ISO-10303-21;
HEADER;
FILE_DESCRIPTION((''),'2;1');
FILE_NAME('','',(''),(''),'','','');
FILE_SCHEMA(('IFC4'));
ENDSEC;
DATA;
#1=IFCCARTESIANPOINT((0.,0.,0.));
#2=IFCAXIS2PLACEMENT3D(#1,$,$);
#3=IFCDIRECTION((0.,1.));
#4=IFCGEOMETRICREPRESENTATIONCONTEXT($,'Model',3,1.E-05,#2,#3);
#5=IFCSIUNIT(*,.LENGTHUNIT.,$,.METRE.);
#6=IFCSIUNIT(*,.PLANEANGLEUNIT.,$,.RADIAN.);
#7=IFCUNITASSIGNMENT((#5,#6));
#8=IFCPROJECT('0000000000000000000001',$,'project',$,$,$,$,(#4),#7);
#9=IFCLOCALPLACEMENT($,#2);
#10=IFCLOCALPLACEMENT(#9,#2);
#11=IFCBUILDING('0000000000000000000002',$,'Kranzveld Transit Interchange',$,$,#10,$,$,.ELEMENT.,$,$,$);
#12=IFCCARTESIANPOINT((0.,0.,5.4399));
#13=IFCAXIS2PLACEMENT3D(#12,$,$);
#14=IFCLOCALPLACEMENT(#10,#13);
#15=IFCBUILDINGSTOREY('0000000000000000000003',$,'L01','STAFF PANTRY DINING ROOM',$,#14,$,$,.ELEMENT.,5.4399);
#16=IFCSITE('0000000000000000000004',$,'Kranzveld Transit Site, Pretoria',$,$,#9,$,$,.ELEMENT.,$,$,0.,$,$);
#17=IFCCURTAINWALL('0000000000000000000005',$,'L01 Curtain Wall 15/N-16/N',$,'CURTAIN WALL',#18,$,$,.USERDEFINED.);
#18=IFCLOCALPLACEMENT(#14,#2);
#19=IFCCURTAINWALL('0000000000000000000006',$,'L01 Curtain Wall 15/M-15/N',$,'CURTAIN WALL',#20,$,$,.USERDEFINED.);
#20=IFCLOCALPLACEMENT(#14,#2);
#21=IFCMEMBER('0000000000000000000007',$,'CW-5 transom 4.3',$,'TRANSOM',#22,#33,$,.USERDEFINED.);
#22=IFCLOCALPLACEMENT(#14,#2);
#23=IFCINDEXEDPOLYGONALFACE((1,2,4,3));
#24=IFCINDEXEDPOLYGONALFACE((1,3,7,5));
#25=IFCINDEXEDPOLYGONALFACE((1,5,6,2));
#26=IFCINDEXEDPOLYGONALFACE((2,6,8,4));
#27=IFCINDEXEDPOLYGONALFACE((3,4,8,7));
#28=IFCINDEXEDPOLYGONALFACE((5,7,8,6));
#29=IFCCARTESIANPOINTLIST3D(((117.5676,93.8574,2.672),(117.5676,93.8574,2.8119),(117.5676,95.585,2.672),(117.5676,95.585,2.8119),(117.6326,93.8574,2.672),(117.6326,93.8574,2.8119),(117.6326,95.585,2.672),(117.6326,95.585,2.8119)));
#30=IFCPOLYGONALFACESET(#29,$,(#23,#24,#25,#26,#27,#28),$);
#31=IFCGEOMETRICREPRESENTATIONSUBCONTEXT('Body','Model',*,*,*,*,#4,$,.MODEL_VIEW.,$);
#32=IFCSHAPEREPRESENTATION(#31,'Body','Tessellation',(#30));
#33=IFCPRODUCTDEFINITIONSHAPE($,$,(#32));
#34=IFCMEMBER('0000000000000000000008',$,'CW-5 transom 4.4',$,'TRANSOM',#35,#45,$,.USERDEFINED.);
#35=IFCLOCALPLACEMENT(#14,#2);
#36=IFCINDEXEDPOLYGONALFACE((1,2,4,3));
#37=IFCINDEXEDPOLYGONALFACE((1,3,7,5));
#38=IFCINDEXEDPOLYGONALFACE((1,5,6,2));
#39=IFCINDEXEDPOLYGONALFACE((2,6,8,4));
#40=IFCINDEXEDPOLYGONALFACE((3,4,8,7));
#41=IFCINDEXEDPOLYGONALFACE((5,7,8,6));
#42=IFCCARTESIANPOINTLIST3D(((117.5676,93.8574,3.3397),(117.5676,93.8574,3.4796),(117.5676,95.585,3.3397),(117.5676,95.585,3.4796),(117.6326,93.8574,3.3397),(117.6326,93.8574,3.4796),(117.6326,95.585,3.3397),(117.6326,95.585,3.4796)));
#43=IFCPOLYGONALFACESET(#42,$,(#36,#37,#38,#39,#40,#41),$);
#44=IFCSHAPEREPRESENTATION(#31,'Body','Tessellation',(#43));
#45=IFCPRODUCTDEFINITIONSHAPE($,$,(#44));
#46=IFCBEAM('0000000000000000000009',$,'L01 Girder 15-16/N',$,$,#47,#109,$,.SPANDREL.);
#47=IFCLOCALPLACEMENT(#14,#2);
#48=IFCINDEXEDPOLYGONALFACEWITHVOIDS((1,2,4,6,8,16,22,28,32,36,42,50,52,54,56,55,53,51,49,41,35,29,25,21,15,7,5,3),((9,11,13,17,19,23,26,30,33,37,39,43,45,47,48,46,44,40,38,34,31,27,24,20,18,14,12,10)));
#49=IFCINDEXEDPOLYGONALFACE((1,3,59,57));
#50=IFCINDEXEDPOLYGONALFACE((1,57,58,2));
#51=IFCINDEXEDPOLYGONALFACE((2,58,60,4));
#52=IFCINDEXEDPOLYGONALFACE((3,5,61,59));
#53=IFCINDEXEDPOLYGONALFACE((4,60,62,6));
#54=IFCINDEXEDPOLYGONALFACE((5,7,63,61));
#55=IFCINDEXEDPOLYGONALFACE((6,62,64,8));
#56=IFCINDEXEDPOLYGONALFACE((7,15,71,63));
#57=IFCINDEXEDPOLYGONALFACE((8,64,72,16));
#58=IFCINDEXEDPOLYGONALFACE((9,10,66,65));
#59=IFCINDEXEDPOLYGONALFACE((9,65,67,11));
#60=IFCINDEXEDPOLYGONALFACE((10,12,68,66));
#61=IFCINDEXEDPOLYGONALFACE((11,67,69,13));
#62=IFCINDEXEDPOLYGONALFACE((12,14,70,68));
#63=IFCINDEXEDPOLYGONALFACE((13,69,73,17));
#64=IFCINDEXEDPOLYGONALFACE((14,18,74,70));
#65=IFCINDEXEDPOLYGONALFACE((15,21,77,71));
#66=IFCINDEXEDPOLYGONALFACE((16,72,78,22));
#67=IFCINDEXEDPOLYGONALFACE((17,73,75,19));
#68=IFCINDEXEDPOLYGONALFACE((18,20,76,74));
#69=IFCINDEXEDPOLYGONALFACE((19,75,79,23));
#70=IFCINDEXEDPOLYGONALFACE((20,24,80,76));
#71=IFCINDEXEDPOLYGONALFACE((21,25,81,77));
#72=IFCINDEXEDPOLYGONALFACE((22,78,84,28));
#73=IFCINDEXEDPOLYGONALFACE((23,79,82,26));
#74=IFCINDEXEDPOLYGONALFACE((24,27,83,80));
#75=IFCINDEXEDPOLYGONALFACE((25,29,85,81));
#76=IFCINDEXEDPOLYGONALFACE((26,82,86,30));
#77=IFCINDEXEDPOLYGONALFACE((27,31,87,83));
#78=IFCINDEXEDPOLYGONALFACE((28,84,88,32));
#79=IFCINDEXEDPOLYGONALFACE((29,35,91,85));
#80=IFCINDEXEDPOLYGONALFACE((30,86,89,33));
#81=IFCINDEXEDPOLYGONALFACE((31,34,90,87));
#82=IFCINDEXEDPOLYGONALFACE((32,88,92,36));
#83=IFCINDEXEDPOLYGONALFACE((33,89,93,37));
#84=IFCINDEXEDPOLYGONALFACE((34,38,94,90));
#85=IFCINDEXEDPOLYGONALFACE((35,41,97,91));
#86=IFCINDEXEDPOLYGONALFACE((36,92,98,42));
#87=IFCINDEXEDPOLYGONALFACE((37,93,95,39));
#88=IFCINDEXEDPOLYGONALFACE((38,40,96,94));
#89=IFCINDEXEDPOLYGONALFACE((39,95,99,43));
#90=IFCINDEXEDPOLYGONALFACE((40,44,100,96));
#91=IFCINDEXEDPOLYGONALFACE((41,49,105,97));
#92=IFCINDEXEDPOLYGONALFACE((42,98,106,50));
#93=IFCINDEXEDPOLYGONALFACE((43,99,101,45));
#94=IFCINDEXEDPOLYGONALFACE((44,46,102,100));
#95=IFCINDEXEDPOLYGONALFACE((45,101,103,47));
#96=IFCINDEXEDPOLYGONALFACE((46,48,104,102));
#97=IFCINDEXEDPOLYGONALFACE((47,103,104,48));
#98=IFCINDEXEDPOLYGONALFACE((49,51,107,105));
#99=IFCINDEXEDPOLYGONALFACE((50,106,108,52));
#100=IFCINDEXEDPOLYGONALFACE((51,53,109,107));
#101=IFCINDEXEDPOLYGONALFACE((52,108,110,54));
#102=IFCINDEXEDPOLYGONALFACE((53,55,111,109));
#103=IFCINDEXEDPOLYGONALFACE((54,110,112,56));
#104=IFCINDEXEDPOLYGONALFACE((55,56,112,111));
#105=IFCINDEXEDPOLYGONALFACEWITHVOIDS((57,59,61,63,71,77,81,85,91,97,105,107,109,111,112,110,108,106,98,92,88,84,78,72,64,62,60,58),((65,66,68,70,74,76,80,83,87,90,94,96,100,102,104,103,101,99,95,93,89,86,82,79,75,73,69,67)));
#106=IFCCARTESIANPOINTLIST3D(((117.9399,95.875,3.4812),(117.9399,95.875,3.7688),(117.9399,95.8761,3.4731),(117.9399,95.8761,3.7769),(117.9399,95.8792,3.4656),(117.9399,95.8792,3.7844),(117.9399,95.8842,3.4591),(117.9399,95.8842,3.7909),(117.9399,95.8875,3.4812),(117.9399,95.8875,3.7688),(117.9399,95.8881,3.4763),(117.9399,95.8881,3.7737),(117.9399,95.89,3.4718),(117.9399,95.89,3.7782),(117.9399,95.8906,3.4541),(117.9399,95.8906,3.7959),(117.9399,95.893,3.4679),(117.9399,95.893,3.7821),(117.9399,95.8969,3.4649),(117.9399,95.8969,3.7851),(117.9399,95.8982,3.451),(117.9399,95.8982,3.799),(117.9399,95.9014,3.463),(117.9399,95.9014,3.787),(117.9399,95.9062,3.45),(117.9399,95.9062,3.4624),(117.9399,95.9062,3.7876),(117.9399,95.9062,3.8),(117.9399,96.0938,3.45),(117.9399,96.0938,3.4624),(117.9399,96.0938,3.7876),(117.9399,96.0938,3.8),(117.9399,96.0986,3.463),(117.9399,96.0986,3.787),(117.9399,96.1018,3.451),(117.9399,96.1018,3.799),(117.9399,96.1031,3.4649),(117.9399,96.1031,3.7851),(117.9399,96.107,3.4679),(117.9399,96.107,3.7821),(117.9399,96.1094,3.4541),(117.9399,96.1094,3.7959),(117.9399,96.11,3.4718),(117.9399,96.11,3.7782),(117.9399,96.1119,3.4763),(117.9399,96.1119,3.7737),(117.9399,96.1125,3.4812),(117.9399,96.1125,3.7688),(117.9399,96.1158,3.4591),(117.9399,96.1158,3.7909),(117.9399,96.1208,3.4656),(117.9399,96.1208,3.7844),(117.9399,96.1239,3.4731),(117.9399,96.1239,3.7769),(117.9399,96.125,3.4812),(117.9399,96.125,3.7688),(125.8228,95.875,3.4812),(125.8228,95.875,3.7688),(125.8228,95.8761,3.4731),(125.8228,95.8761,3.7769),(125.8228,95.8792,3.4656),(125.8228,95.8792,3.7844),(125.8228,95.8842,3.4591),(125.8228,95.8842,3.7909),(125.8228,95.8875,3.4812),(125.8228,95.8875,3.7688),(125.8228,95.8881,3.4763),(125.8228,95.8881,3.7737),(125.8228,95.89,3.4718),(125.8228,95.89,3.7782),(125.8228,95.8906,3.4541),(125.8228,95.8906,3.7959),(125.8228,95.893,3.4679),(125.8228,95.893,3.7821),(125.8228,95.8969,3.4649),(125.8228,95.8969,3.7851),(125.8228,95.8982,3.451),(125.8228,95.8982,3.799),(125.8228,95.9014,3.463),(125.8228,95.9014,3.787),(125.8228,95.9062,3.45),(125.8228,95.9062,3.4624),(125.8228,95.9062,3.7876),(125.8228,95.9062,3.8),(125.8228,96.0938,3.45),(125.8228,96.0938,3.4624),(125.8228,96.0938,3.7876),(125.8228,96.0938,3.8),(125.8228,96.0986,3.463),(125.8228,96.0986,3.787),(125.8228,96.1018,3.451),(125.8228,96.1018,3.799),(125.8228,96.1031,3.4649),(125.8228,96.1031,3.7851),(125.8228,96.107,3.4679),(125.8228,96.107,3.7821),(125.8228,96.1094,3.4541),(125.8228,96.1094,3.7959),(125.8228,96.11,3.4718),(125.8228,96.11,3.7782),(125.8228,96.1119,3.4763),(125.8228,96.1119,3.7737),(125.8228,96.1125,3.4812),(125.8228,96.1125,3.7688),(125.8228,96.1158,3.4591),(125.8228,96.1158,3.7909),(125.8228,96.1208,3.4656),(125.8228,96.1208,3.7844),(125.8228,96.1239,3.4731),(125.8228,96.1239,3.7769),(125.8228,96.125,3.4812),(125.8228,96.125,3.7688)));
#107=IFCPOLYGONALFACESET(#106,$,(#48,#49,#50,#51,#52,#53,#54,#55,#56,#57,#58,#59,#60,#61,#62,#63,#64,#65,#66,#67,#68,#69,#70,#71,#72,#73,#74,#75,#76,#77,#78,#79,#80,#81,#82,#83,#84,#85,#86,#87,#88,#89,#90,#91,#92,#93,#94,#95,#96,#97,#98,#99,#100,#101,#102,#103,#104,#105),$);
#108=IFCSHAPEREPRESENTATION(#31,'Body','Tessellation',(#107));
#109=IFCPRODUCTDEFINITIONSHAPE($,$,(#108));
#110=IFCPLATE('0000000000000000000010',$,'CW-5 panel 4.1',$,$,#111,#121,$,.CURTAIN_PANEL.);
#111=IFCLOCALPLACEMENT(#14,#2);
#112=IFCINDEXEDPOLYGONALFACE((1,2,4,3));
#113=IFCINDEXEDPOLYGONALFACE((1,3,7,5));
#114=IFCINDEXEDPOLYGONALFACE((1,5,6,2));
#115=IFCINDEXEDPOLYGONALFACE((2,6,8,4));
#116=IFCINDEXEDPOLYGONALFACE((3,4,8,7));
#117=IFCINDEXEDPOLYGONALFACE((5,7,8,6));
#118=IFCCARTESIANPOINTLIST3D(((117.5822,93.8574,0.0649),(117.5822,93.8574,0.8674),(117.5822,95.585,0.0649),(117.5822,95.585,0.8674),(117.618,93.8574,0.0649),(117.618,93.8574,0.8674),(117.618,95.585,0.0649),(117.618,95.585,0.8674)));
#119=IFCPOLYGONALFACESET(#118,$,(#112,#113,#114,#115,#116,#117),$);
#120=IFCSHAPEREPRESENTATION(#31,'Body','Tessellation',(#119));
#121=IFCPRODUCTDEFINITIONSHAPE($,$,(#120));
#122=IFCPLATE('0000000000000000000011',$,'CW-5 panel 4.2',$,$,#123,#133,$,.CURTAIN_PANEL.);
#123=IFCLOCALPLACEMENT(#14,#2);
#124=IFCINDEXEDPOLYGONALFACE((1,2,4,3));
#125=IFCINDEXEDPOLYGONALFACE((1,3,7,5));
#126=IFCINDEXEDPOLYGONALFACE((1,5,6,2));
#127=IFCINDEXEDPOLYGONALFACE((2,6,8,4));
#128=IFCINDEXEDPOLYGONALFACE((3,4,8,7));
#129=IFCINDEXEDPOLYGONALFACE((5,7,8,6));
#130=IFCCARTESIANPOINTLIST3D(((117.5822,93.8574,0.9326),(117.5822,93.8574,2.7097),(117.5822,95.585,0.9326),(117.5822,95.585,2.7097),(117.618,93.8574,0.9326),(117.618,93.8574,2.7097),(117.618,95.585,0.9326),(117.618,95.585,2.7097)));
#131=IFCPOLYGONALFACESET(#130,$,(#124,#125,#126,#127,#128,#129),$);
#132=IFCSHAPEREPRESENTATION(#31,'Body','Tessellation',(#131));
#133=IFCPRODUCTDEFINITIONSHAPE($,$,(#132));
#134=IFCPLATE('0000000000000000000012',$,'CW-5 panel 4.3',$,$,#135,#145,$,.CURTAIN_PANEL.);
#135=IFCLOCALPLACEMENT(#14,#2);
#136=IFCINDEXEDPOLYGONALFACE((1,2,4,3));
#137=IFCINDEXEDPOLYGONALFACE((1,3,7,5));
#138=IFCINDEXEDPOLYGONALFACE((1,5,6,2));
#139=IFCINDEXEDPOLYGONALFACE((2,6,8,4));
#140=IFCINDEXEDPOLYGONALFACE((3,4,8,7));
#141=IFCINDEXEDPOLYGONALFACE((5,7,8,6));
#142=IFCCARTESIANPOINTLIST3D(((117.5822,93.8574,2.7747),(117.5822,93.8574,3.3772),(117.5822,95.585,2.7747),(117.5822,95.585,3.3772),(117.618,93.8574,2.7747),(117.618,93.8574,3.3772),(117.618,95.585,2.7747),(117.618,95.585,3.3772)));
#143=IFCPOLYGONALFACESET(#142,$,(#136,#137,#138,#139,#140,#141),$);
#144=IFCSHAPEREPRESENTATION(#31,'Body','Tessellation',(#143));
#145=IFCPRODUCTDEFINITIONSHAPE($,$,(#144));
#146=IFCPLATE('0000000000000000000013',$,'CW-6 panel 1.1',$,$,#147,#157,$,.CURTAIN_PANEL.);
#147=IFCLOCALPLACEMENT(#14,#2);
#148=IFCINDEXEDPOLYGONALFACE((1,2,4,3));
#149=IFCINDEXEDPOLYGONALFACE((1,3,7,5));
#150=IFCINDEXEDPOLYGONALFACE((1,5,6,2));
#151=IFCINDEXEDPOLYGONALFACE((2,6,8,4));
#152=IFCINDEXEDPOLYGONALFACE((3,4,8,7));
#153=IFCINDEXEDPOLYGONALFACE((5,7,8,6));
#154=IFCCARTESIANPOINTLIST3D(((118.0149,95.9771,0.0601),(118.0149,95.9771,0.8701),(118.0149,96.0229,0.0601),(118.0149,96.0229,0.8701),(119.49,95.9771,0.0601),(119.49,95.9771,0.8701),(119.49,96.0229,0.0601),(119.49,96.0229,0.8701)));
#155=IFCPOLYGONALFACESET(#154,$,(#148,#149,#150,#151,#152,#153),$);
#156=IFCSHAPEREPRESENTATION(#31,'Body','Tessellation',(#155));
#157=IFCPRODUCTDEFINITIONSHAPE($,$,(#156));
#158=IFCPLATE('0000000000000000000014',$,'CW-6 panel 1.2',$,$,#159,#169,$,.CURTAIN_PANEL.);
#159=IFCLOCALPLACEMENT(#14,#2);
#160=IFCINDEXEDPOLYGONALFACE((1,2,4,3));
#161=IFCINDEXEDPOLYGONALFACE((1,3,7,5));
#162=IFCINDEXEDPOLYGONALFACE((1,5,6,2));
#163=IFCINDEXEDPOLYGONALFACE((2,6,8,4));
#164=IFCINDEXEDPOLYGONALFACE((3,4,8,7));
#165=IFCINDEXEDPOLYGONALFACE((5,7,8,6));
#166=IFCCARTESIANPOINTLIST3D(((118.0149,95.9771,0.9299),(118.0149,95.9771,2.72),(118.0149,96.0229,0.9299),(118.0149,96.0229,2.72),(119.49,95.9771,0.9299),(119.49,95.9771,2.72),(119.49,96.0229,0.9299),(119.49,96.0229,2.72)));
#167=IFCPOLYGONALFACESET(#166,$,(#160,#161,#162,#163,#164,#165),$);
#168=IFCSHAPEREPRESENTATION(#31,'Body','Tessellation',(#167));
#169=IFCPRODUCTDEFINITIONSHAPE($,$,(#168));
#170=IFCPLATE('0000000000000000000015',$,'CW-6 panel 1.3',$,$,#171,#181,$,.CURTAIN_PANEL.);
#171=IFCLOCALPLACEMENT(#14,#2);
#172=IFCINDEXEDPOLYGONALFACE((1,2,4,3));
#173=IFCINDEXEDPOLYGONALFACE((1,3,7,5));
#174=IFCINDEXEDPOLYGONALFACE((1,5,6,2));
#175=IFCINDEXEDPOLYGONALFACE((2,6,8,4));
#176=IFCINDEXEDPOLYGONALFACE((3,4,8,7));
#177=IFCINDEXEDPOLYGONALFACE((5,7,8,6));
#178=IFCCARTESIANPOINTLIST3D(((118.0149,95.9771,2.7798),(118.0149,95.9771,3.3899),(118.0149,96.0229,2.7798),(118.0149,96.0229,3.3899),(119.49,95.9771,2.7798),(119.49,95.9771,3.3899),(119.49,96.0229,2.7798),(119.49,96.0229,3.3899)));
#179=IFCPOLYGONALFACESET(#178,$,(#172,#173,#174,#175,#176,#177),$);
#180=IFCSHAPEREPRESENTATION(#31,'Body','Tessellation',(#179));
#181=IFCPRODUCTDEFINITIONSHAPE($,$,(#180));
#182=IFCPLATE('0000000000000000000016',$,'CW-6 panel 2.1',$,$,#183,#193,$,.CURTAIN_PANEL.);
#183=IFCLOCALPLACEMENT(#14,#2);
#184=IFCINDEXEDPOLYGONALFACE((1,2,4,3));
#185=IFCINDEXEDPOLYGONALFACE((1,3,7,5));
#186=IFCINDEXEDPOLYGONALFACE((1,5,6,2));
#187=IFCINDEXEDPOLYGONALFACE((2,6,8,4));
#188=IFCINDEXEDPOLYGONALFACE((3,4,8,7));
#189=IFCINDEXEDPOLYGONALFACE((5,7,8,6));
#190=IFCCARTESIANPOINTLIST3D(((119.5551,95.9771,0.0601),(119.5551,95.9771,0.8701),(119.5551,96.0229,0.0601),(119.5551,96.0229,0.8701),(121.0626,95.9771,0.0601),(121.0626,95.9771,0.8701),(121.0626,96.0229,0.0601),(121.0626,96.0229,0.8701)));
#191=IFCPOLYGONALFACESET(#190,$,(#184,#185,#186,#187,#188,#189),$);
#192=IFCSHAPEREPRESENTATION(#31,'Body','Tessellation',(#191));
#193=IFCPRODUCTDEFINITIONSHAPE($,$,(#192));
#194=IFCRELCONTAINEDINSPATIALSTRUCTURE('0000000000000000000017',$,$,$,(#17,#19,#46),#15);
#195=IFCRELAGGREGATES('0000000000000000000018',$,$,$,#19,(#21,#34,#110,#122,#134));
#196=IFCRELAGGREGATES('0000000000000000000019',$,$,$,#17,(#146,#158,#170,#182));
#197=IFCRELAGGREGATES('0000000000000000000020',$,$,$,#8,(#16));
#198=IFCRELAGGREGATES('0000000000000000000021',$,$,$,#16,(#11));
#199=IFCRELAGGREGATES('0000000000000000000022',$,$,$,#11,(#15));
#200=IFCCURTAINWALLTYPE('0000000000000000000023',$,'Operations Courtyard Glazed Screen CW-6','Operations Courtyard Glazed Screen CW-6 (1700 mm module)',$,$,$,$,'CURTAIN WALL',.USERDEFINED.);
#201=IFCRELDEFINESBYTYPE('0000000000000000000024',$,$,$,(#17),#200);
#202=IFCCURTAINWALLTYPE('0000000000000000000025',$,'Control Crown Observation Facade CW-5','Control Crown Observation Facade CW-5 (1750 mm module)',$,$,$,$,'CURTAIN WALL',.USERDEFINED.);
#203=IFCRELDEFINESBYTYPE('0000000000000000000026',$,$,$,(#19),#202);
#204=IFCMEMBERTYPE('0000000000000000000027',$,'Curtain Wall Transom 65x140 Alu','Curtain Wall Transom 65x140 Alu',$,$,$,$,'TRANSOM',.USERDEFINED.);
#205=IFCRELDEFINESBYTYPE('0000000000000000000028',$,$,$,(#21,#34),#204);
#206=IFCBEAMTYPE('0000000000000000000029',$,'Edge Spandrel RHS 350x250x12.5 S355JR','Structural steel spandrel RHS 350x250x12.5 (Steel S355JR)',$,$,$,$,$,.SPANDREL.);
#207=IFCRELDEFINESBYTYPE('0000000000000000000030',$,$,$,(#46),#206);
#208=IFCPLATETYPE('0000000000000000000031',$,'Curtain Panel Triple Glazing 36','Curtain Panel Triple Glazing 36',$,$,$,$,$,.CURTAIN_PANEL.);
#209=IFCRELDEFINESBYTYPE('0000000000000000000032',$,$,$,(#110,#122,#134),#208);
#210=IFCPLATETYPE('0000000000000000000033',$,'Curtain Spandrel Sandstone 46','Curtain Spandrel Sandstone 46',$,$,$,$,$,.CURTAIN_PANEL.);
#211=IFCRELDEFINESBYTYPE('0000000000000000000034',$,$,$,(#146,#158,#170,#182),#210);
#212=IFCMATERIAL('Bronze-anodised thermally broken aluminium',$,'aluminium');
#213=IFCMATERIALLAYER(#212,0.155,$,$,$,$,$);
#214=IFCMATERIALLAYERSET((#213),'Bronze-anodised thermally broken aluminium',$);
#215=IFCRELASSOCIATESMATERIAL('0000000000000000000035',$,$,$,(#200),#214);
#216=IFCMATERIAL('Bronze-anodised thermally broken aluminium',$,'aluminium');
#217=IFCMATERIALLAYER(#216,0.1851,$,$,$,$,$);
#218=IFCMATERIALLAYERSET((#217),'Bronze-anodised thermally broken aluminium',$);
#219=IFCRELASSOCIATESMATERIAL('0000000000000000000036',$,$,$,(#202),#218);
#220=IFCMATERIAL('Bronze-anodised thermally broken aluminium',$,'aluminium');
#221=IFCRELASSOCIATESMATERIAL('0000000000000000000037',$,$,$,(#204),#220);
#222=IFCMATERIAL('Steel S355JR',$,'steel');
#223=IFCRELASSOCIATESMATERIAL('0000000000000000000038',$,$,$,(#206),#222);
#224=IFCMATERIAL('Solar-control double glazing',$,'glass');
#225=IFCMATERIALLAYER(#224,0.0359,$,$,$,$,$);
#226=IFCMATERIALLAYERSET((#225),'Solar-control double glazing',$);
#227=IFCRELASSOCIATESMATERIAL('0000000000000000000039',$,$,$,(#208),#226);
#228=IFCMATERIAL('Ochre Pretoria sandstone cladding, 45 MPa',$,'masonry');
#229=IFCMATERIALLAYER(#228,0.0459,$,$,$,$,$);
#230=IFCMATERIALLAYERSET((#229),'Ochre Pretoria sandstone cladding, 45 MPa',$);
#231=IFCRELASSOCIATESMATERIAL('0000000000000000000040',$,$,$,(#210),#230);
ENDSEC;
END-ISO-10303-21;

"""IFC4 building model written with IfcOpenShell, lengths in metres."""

from ifc_helpers import new_model, si_unit, direction, frame, origin, origin_2d, place, context, subcontext, project, spatial, rectangle, hollow_rectangle, extrude, material, layer, layer_set, material_profile, profile_set, type_object, element, aggregate, save


model = new_model("IFC4")

# Units and contexts
model_context = context("Model", 3, precision=1e-05, world=origin(), true_north=direction((0.0, 1.0)))
body_context = subcontext(model_context, "Body", "Model", "MODEL_VIEW")
ifc_project = project(units=[si_unit("LENGTHUNIT", "METRE"), si_unit("PLANEANGLEUNIT", "RADIAN")], contexts=[model_context])

# Site, building, storey
site_placement = place(None, origin())
site = spatial("IfcSite", under=ifc_project, at=site_placement, Name="Kranzveld Transit Site, Pretoria", CompositionType="ELEMENT", RefElevation=0.0)
building_placement = place(site_placement, origin())
building = spatial("IfcBuilding", under=site, at=building_placement, Name="Kranzveld Transit Interchange", CompositionType="ELEMENT")
storey_placement = place(building_placement, frame((0.0, 0.0, 5.4399)))
storey = spatial("IfcBuildingStorey", under=building, at=storey_placement, Name="L01", Description="STAFF PANTRY DINING ROOM", CompositionType="ELEMENT", Elevation=5.4399)

# Curtain wall
ifc_material_1 = material(Name="Bronze-anodised thermally broken aluminium", Category="aluminium")
ifc_layer_1 = layer(ifc_material_1, 0.155)
ifc_layer_set_1 = layer_set([ifc_layer_1], Name="Bronze-anodised thermally broken aluminium")
curtain_wall_type_1 = type_object("IfcCurtainWallType", Name="Operations Courtyard Glazed Screen CW-6", Description="Operations Courtyard Glazed Screen CW-6 (1700 mm module)", ElementType="CURTAIN WALL", PredefinedType="USERDEFINED", material=ifc_layer_set_1)
curtain_wall_1_placement = place(storey_placement, origin())
curtain_wall_1 = element("IfcCurtainWall", 1, at=curtain_wall_1_placement, inside=storey, type_object=curtain_wall_type_1, Name="L01 Curtain Wall 15/N-16/N", ObjectType="CURTAIN WALL", PredefinedType="USERDEFINED")

# Curtain wall
ifc_material_2 = material(Name="Bronze-anodised thermally broken aluminium", Category="aluminium")
ifc_layer_2 = layer(ifc_material_2, 0.1851)
ifc_layer_set_2 = layer_set([ifc_layer_2], Name="Bronze-anodised thermally broken aluminium")
curtain_wall_type_2 = type_object("IfcCurtainWallType", Name="Control Crown Observation Facade CW-5", Description="Control Crown Observation Facade CW-5 (1750 mm module)", ElementType="CURTAIN WALL", PredefinedType="USERDEFINED", material=ifc_layer_set_2)
curtain_wall_2_placement = place(storey_placement, origin())
curtain_wall_2 = element("IfcCurtainWall", 2, at=curtain_wall_2_placement, inside=storey, type_object=curtain_wall_type_2, Name="L01 Curtain Wall 15/M-15/N", ObjectType="CURTAIN WALL", PredefinedType="USERDEFINED")

# Members
ifc_material_3 = material(Name="Bronze-anodised thermally broken aluminium", Category="aluminium")
ifc_material_profile_1 = material_profile(ifc_material_3, rectangle(XDim=0.0649, YDim=0.1399, at=origin_2d()), Name="ALU TRANSOM 65x140")
ifc_profile_set_1 = profile_set([ifc_material_profile_1], Name="Bronze-anodised thermally broken aluminium")
member_type_1 = type_object("IfcMemberType", Name="Curtain Wall Transom 65x140 Alu", Description="Curtain Wall Transom 65x140 Alu", ElementType="TRANSOM", PredefinedType="USERDEFINED", material=ifc_profile_set_1)
member_1_placement = place(storey_placement, frame((117.6001, 93.8574, 2.7419), z_axis=(0.0, 1.0, 0.0), x_axis=(-1.0, 0.0, 0.0)))
member_1 = element("IfcMember", 3, at=member_1_placement, type_object=member_type_1, Name="CW-5 transom 4.3", ObjectType="TRANSOM", PredefinedType="USERDEFINED", context=body_context, shape_type="SweptSolid", body=[
    extrude(rectangle(XDim=0.0649, YDim=0.1399, at=origin_2d()), origin(), (0.0, 0.0, 1.0), 1.7275),
])
member_2_placement = place(storey_placement, frame((117.6001, 93.8574, 3.4097), z_axis=(0.0, 1.0, 0.0), x_axis=(-1.0, 0.0, 0.0)))
member_2 = element("IfcMember", 4, at=member_2_placement, type_object=member_type_1, Name="CW-5 transom 4.4", ObjectType="TRANSOM", PredefinedType="USERDEFINED", context=body_context, shape_type="SweptSolid", body=[
    extrude(rectangle(XDim=0.0649, YDim=0.1399, at=origin_2d()), origin(), (0.0, 0.0, 1.0), 1.7275),
])

# Beam
ifc_material_4 = material(Name="Steel S355JR", Category="steel")
ifc_material_profile_2 = material_profile(ifc_material_4, hollow_rectangle(XDim=0.25, YDim=0.3501, WallThickness=0.0125, InnerFilletRadius=0.0188, OuterFilletRadius=0.0312, at=origin_2d()), Name="RHS 350x250x12.5")
ifc_profile_set_2 = profile_set([ifc_material_profile_2], Name="Steel S355JR")
beam_type = type_object("IfcBeamType", Name="Edge Spandrel RHS 350x250x12.5 S355JR", Description="Structural steel spandrel RHS 350x250x12.5 (Steel S355JR)", PredefinedType="SPANDREL", material=ifc_profile_set_2)
beam_placement = place(storey_placement, frame((117.9399, 96.0, 3.625), z_axis=(1.0, 0.0, 0.0), x_axis=(0.0, 1.0, 0.0)))
element("IfcBeam", 5, at=beam_placement, inside=storey, type_object=beam_type, Name="L01 Girder 15-16/N", PredefinedType="SPANDREL", context=body_context, shape_type="SweptSolid", body=[
    extrude(hollow_rectangle(XDim=0.25, YDim=0.3501, WallThickness=0.0125, InnerFilletRadius=0.0188, OuterFilletRadius=0.0312, at=origin_2d()), origin(), (0.0, 0.0, 1.0), 7.8828),
])

# Plates
ifc_material_5 = material(Name="Solar-control double glazing", Category="glass")
ifc_layer_3 = layer(ifc_material_5, 0.0359)
ifc_layer_set_3 = layer_set([ifc_layer_3], Name="Solar-control double glazing")
plate_type_1 = type_object("IfcPlateType", Name="Curtain Panel Triple Glazing 36", Description="Curtain Panel Triple Glazing 36", PredefinedType="CURTAIN_PANEL", material=ifc_layer_set_3)
plate_1_placement = place(storey_placement, frame((117.6001, 94.7212, 0.0649), z_axis=(0.0, 0.0, 1.0), x_axis=(0.0, 1.0, 0.0)))
plate_1 = element("IfcPlate", 6, at=plate_1_placement, type_object=plate_type_1, Name="CW-5 panel 4.1", PredefinedType="CURTAIN_PANEL", context=body_context, shape_type="SweptSolid", body=[
    extrude(rectangle(XDim=1.7275, YDim=0.0359, at=origin_2d()), origin(), (0.0, 0.0, 1.0), 0.8025),
])
plate_2_placement = place(storey_placement, frame((117.6001, 94.7212, 0.9326), z_axis=(0.0, 0.0, 1.0), x_axis=(0.0, 1.0, 0.0)))
plate_2 = element("IfcPlate", 7, at=plate_2_placement, type_object=plate_type_1, Name="CW-5 panel 4.2", PredefinedType="CURTAIN_PANEL", context=body_context, shape_type="SweptSolid", body=[
    extrude(rectangle(XDim=1.7275, YDim=0.0359, at=origin_2d()), origin(), (0.0, 0.0, 1.0), 1.7771),
])
plate_3_placement = place(storey_placement, frame((117.6001, 94.7212, 2.7747), z_axis=(0.0, 0.0, 1.0), x_axis=(0.0, 1.0, 0.0)))
plate_3 = element("IfcPlate", 8, at=plate_3_placement, type_object=plate_type_1, Name="CW-5 panel 4.3", PredefinedType="CURTAIN_PANEL", context=body_context, shape_type="SweptSolid", body=[
    extrude(rectangle(XDim=1.7275, YDim=0.0359, at=origin_2d()), origin(), (0.0, 0.0, 1.0), 0.6025),
])
aggregate(curtain_wall_2, [member_1, member_2, plate_1, plate_2, plate_3])
ifc_material_6 = material(Name="Ochre Pretoria sandstone cladding, 45 MPa", Category="masonry")
ifc_layer_4 = layer(ifc_material_6, 0.0459)
ifc_layer_set_4 = layer_set([ifc_layer_4], Name="Ochre Pretoria sandstone cladding, 45 MPa")
plate_type_2 = type_object("IfcPlateType", Name="Curtain Spandrel Sandstone 46", Description="Curtain Spandrel Sandstone 46", PredefinedType="CURTAIN_PANEL", material=ifc_layer_set_4)
plate_4_placement = place(storey_placement, frame((118.7524, 96.0, 0.0601), z_axis=(0.0, 0.0, 1.0), x_axis=(1.0, 0.0, 0.0)))
plate_4 = element("IfcPlate", 9, at=plate_4_placement, type_object=plate_type_2, Name="CW-6 panel 1.1", PredefinedType="CURTAIN_PANEL", context=body_context, shape_type="SweptSolid", body=[
    extrude(rectangle(XDim=1.4751, YDim=0.0459, at=origin_2d()), origin(), (0.0, 0.0, 1.0), 0.8101),
])
plate_5_placement = place(storey_placement, frame((118.7524, 96.0, 0.9299), z_axis=(0.0, 0.0, 1.0), x_axis=(1.0, 0.0, 0.0)))
plate_5 = element("IfcPlate", 10, at=plate_5_placement, type_object=plate_type_2, Name="CW-6 panel 1.2", PredefinedType="CURTAIN_PANEL", context=body_context, shape_type="SweptSolid", body=[
    extrude(rectangle(XDim=1.4751, YDim=0.0459, at=origin_2d()), origin(), (0.0, 0.0, 1.0), 1.79),
])
plate_6_placement = place(storey_placement, frame((118.7524, 96.0, 2.7798), z_axis=(0.0, 0.0, 1.0), x_axis=(1.0, 0.0, 0.0)))
plate_6 = element("IfcPlate", 11, at=plate_6_placement, type_object=plate_type_2, Name="CW-6 panel 1.3", PredefinedType="CURTAIN_PANEL", context=body_context, shape_type="SweptSolid", body=[
    extrude(rectangle(XDim=1.4751, YDim=0.0459, at=origin_2d()), origin(), (0.0, 0.0, 1.0), 0.6101),
])
plate_7_placement = place(storey_placement, frame((120.3088, 96.0, 0.0601), z_axis=(0.0, 0.0, 1.0), x_axis=(1.0, 0.0, 0.0)))
plate_7 = element("IfcPlate", 12, at=plate_7_placement, type_object=plate_type_2, Name="CW-6 panel 2.1", PredefinedType="CURTAIN_PANEL", context=body_context, shape_type="SweptSolid", body=[
    extrude(rectangle(XDim=1.5076, YDim=0.0459, at=origin_2d()), origin(), (0.0, 0.0, 1.0), 0.8101),
])
aggregate(curtain_wall_1, [plate_4, plate_5, plate_6, plate_7])

save(model, "model.ifc")
